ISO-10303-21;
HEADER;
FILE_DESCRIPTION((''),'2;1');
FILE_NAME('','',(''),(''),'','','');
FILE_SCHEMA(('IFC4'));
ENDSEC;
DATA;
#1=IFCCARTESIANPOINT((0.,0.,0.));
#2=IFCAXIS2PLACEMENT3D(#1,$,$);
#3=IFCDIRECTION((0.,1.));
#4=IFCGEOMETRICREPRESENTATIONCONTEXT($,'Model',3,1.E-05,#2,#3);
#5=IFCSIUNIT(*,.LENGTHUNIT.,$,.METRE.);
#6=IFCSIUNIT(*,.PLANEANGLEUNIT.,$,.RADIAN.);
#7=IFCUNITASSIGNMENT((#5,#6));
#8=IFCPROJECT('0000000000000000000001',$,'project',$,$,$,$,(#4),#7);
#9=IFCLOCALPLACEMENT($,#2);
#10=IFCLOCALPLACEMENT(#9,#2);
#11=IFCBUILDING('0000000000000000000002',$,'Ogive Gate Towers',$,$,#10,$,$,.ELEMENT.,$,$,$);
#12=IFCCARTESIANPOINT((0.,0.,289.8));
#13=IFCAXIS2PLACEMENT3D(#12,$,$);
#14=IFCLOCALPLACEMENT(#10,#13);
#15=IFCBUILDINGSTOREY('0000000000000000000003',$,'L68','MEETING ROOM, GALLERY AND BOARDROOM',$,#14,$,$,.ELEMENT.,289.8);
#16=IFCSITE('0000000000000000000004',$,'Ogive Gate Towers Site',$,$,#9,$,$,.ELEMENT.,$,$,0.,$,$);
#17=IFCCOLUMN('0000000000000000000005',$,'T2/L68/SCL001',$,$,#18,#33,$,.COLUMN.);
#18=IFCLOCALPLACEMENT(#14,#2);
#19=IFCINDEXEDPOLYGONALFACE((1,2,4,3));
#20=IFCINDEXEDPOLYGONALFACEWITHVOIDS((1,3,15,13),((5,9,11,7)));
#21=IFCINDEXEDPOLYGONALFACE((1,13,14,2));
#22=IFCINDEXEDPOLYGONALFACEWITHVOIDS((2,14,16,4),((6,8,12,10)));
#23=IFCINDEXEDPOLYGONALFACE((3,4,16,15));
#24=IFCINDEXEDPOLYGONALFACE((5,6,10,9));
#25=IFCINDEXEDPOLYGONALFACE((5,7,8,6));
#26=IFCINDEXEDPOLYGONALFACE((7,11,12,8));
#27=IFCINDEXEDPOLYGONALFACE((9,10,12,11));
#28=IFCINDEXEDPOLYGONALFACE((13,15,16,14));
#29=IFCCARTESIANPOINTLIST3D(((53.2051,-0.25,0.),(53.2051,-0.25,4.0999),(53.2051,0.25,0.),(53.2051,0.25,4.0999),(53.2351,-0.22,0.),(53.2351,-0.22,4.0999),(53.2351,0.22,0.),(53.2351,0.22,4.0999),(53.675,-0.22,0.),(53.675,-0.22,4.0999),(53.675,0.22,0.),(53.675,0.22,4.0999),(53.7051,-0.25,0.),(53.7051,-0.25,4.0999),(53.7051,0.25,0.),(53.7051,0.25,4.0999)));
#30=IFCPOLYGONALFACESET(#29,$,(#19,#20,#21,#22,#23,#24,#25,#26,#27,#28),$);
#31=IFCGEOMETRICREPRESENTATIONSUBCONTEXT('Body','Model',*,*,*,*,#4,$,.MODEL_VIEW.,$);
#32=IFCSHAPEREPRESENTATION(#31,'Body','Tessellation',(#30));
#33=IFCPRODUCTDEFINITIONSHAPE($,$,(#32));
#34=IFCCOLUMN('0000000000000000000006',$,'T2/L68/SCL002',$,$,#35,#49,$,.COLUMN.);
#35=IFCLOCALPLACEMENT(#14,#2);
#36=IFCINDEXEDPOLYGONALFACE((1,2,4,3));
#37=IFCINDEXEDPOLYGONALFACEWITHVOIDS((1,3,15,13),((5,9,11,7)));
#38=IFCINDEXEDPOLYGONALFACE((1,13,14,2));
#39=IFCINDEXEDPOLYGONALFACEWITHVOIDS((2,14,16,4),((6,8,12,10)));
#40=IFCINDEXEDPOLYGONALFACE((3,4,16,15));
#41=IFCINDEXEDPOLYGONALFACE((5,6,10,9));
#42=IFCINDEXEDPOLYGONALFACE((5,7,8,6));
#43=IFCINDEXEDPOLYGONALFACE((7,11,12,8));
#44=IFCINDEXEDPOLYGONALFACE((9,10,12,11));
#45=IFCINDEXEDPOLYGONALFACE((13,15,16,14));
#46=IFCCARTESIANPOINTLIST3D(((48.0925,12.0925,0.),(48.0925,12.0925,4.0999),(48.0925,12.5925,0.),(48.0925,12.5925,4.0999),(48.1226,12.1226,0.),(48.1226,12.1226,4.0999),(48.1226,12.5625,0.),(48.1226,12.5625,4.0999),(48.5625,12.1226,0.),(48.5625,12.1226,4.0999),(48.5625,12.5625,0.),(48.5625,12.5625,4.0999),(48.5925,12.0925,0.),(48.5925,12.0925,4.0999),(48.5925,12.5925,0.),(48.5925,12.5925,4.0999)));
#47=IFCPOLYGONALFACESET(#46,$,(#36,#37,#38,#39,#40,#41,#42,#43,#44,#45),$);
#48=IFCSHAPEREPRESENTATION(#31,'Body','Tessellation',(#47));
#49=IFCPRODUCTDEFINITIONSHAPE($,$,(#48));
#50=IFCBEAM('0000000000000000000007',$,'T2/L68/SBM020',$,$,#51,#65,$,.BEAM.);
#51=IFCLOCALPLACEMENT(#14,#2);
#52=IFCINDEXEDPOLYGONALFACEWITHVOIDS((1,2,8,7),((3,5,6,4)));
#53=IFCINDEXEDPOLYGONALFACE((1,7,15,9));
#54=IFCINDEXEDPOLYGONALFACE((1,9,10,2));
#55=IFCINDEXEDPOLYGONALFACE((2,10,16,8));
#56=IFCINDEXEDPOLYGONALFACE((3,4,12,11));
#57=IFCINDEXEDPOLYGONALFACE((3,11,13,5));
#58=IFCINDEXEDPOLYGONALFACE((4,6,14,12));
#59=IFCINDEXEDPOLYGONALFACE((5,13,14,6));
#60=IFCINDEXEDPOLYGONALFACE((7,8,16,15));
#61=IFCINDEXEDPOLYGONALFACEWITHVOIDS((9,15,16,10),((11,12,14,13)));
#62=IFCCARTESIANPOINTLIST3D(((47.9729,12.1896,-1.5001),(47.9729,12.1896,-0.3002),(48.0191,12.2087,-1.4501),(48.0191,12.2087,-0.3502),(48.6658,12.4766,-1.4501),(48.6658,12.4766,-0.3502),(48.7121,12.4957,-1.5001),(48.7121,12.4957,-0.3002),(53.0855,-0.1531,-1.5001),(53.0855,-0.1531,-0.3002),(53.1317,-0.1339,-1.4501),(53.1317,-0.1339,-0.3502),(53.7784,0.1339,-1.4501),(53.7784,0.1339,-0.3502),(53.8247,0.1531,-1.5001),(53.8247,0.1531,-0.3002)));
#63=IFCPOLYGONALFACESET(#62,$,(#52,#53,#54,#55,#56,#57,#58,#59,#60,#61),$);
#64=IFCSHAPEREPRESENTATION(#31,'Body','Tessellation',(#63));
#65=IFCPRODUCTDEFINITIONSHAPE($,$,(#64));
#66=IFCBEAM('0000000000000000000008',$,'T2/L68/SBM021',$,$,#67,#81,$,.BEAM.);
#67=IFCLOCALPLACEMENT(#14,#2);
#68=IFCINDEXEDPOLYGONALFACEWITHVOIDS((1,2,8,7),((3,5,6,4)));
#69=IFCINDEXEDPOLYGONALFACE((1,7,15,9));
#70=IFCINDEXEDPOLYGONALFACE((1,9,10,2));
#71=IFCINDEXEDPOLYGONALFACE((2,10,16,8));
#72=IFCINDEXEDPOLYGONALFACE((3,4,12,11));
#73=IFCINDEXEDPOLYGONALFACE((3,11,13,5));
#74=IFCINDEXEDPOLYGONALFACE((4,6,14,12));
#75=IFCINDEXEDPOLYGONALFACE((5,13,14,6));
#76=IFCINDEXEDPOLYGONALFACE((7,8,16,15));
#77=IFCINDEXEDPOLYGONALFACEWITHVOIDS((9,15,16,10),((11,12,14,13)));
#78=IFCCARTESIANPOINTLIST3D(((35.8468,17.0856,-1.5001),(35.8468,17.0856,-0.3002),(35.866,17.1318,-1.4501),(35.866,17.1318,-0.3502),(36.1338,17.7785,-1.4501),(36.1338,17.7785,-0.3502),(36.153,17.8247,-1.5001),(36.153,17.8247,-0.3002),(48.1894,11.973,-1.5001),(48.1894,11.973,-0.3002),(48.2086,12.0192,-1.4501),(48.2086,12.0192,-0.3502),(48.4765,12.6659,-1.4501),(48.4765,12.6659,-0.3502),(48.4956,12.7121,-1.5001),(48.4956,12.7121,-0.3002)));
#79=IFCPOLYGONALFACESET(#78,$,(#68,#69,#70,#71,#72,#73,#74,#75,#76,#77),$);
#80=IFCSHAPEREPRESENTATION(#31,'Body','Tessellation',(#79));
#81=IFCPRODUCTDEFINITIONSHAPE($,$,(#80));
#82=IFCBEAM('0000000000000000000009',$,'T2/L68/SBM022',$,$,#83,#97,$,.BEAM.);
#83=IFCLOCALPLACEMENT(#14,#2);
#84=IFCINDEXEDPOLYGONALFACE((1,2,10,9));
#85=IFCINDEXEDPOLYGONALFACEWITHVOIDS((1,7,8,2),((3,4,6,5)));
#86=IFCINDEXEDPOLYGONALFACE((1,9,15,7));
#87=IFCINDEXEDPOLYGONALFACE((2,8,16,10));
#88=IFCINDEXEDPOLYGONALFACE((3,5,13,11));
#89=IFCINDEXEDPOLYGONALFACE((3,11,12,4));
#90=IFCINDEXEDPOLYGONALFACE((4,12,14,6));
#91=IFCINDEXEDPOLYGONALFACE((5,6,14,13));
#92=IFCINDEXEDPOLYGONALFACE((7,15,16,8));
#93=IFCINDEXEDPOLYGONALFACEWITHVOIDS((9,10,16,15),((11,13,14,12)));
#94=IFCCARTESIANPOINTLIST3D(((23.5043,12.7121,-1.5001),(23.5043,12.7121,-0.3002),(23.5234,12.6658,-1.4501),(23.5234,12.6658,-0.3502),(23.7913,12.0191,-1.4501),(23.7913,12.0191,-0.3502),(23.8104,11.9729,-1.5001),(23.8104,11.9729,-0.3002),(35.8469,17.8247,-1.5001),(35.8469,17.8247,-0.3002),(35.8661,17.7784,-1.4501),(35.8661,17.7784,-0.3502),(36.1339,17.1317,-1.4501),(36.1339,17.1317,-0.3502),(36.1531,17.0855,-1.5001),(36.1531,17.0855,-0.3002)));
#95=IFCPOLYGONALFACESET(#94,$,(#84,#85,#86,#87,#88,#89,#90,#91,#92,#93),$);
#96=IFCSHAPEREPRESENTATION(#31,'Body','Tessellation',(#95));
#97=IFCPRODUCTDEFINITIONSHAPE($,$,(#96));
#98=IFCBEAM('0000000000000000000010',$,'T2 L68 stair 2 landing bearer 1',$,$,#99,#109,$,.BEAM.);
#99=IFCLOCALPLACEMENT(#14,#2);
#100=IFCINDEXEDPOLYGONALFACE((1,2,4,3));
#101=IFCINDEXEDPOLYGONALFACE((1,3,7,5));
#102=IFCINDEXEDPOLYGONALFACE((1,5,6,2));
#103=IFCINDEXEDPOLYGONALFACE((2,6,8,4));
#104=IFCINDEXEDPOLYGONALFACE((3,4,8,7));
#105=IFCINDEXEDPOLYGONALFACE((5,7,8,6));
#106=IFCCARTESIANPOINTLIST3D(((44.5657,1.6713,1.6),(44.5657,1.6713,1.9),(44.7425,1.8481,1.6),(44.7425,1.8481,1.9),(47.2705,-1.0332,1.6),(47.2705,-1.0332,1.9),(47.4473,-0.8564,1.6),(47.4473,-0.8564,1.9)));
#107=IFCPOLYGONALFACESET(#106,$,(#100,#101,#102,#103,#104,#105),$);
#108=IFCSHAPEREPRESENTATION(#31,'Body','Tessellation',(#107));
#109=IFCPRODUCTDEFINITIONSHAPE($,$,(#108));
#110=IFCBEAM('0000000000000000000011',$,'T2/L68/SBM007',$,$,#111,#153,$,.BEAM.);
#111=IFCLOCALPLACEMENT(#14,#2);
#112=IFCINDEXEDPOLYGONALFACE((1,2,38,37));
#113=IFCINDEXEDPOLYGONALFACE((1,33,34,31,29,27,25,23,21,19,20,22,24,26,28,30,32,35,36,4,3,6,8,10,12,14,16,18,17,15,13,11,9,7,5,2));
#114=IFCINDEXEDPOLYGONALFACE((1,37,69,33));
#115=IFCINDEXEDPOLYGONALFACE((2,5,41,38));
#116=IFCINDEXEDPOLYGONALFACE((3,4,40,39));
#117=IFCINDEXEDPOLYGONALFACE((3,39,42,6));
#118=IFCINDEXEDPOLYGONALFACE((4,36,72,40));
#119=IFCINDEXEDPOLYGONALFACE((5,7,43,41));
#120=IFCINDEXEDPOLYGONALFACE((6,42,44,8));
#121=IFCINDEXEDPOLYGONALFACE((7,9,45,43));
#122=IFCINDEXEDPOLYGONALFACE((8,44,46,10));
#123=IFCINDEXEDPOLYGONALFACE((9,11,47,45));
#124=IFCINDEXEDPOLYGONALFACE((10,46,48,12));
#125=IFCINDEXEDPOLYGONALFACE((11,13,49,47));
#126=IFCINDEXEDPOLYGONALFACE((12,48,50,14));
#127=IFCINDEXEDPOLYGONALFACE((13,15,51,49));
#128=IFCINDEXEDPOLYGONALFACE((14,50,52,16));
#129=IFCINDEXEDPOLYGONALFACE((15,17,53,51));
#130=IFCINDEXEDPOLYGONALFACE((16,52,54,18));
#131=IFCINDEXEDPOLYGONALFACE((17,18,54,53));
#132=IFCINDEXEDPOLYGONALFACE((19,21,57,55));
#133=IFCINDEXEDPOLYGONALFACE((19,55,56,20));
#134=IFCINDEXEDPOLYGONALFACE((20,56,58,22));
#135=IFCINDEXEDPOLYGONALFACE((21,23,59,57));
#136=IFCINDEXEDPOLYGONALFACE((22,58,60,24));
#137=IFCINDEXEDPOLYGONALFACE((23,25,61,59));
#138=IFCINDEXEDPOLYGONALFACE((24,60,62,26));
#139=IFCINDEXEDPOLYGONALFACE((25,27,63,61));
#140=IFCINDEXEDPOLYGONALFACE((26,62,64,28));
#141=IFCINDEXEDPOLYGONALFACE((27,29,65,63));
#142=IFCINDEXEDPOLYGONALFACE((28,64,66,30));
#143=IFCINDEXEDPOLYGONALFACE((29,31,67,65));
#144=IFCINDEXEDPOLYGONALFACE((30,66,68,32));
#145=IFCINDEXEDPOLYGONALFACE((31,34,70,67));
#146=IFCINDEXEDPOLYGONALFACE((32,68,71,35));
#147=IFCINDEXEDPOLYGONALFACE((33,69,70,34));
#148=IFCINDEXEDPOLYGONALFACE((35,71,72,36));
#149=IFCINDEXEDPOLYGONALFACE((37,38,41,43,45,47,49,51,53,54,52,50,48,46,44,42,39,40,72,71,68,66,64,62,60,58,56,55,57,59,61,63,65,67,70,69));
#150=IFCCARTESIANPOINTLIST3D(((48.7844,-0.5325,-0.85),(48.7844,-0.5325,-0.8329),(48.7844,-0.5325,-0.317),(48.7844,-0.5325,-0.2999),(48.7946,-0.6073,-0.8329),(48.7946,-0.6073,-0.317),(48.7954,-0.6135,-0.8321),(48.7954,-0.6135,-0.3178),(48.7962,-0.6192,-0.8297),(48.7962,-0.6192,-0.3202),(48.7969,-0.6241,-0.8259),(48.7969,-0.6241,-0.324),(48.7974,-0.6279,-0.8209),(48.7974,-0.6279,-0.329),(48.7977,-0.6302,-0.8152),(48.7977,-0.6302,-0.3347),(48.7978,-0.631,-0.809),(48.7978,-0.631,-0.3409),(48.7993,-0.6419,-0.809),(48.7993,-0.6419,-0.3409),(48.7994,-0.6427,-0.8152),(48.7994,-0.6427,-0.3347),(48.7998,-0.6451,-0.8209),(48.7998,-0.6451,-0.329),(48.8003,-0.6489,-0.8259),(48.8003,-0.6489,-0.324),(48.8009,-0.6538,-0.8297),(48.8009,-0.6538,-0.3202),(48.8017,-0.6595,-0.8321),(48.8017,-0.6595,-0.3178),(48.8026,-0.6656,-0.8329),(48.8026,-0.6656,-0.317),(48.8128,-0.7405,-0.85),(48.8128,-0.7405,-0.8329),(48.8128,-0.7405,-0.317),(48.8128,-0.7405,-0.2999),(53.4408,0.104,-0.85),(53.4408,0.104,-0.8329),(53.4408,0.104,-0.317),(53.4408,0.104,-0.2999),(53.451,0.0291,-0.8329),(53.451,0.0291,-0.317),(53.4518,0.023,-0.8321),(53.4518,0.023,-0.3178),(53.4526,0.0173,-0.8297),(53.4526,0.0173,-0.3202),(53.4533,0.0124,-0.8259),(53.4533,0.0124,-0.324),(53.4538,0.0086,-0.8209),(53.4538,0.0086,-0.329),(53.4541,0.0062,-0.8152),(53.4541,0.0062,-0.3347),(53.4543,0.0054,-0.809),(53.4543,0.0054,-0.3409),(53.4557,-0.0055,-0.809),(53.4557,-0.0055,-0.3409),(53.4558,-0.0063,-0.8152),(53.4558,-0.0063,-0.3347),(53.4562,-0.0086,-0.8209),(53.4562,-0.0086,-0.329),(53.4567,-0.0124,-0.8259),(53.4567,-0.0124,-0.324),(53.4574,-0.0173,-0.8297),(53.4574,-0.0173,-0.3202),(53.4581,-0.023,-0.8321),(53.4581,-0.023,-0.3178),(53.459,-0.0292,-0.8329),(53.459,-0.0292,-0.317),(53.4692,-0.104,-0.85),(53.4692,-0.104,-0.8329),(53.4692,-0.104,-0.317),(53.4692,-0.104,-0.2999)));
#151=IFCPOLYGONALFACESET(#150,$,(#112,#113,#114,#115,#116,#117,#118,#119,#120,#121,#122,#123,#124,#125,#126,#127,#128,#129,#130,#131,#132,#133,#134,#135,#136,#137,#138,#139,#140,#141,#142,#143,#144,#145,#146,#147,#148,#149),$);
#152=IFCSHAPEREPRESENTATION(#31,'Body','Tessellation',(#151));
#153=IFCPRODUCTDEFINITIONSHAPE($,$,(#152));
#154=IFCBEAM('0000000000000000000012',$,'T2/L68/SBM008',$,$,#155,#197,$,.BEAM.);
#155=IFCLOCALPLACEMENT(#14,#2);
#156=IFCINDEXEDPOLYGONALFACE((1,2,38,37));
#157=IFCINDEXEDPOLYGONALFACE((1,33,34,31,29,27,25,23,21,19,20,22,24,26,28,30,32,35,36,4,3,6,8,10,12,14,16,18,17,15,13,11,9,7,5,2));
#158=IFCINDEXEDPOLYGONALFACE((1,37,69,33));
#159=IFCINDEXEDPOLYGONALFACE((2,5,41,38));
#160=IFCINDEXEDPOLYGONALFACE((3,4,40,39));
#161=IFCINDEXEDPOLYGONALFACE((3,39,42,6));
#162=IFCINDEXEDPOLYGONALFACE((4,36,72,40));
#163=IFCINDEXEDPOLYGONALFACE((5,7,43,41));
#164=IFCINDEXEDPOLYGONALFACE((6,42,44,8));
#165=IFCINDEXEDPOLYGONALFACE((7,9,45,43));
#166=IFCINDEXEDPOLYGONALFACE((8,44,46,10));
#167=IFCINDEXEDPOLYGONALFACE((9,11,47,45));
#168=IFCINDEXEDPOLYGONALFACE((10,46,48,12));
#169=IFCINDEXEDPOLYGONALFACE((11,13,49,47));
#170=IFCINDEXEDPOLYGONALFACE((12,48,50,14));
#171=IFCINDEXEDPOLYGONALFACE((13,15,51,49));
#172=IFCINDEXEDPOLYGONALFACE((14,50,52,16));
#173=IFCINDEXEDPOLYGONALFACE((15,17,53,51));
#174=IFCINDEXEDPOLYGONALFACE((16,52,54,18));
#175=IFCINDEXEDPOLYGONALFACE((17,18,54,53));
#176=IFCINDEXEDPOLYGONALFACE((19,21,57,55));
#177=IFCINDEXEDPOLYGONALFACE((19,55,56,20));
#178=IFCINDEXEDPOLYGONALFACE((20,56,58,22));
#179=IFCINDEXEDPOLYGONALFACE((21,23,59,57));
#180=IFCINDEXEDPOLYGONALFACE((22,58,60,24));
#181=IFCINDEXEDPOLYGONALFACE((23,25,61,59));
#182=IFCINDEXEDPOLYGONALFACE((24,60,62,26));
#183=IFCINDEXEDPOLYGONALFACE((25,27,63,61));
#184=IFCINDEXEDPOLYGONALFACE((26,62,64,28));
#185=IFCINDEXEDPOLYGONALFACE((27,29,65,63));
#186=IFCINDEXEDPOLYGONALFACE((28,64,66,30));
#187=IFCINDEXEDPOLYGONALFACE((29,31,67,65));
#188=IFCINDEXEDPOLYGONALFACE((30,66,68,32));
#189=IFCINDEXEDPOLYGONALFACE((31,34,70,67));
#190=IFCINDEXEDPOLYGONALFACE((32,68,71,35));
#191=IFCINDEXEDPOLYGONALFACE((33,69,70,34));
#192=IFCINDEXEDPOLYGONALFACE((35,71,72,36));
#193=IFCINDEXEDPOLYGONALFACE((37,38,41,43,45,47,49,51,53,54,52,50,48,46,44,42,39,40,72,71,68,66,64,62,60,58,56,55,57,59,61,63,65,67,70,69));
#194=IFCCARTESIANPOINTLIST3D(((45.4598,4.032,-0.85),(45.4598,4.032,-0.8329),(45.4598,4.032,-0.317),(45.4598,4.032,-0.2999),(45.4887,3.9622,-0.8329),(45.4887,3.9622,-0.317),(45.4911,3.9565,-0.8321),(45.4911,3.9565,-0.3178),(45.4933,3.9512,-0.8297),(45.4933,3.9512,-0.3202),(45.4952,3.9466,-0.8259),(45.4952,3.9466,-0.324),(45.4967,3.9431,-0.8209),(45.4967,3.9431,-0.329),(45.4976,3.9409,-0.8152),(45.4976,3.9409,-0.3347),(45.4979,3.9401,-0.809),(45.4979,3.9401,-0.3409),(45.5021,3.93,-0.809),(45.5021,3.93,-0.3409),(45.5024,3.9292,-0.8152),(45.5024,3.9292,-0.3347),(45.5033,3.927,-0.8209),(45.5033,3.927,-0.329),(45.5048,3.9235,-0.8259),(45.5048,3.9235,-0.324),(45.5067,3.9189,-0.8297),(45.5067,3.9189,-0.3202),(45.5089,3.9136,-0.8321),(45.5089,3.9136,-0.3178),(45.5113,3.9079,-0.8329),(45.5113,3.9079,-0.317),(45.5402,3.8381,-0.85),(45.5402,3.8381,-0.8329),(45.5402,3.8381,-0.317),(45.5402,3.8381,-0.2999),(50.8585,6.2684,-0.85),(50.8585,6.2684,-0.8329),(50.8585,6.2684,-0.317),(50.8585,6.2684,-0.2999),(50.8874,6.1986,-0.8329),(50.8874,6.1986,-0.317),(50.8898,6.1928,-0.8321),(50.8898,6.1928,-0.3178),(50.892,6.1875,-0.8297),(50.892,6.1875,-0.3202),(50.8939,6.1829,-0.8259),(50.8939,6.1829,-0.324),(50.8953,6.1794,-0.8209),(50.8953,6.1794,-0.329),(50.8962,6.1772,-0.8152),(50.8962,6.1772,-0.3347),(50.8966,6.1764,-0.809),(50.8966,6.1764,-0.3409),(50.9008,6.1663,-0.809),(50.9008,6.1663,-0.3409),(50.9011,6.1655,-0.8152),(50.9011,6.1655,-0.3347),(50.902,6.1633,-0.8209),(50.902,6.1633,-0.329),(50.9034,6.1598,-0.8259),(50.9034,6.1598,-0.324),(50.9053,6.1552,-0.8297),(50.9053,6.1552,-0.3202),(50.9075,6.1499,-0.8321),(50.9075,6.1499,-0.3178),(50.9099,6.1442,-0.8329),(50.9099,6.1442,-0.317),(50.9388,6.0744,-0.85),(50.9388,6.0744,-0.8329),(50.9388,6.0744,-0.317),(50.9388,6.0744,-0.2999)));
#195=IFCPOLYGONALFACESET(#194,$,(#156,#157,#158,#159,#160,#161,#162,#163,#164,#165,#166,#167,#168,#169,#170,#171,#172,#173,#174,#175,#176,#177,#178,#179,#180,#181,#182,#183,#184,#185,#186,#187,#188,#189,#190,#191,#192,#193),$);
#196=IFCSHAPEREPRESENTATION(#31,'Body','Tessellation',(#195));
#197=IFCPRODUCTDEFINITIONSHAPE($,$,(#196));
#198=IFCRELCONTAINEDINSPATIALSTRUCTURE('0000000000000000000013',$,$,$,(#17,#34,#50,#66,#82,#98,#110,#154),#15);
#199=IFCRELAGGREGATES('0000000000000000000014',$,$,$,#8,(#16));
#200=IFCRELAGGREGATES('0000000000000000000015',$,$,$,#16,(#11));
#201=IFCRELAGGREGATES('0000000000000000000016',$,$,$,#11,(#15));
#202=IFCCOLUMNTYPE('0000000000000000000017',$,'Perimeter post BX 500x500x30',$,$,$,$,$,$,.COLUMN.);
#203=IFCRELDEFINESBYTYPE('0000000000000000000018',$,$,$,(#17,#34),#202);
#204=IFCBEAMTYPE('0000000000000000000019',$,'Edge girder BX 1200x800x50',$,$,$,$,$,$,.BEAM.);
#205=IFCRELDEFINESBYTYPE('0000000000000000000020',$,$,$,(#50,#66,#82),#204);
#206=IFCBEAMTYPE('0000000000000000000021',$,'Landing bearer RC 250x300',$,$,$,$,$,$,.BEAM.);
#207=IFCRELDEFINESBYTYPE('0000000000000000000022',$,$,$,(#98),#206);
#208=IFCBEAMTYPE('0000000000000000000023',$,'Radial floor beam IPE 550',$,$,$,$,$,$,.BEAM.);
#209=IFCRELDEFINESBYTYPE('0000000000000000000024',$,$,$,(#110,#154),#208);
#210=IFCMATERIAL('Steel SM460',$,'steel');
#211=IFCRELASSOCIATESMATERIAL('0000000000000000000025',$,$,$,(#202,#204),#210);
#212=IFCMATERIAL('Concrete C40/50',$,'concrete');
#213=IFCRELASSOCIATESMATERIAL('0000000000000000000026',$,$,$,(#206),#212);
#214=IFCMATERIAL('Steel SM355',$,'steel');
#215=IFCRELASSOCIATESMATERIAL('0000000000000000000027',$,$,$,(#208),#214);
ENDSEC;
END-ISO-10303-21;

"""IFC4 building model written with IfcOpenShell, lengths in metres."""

from ifc_helpers import new_model, si_unit, direction, frame, origin, origin_2d, place, context, subcontext, project, spatial, rectangle, hollow_rectangle, i_section, extrude, material, material_profile, profile_set, type_object, element, save


model = new_model("IFC4")

# Units and contexts
model_context = context("Model", 3, precision=1e-05, world=origin(), true_north=direction((0.0, 1.0)))
body_context = subcontext(model_context, "Body", "Model", "MODEL_VIEW")
ifc_project = project(units=[si_unit("LENGTHUNIT", "METRE"), si_unit("PLANEANGLEUNIT", "RADIAN")], contexts=[model_context])

# Site, building, storey
site_placement = place(None, origin())
site = spatial("IfcSite", under=ifc_project, at=site_placement, Name="Ogive Gate Towers Site", CompositionType="ELEMENT", RefElevation=0.0)
building_placement = place(site_placement, origin())
building = spatial("IfcBuilding", under=site, at=building_placement, Name="Ogive Gate Towers", CompositionType="ELEMENT")
storey_placement = place(building_placement, frame((0.0, 0.0, 289.8)))
storey = spatial("IfcBuildingStorey", under=building, at=storey_placement, Name="L68", Description="MEETING ROOM, GALLERY AND BOARDROOM", CompositionType="ELEMENT", Elevation=289.8)

# Columns
ifc_material_1 = material(Name="Steel SM460", Category="steel")
ifc_material_profile_1 = material_profile(ifc_material_1, hollow_rectangle(XDim=0.5, YDim=0.5, WallThickness=0.03, at=origin_2d()), Name="BX 500x500x30")
ifc_profile_set_1 = profile_set([ifc_material_profile_1], Name="Steel SM460")
column_type = type_object("IfcColumnType", Name="Perimeter post BX 500x500x30", PredefinedType="COLUMN", material=ifc_profile_set_1)
for number, where, z_axis, x_axis, name in (
    (1, (53.4551, 0.0, 0.0), (0.0, 0.0, 1.0), (1.0, 0.0, 0.0), "T2/L68/SCL001"),
    (2, (48.3425, 12.3425, 0.0), (0.0, 0.0, 1.0), (1.0, 0.0, 0.0), "T2/L68/SCL002"),
):
    element("IfcColumn", number, at=place(storey_placement, frame(where, z_axis=z_axis, x_axis=x_axis)), inside=storey, type_object=column_type, Name=name, PredefinedType="COLUMN", context=body_context, shape_type="SweptSolid", body=[
        extrude(hollow_rectangle(XDim=0.5, YDim=0.5, WallThickness=0.03, at=origin_2d()), origin(), (0.0, 0.0, 1.0), 4.0999),
    ])

# Beams
ifc_material_profile_2 = material_profile(ifc_material_1, hollow_rectangle(XDim=0.8, YDim=1.2, WallThickness=0.05, at=origin_2d()), Name="BX 1200x800x50")
ifc_profile_set_2 = profile_set([ifc_material_profile_2], Name="Steel SM460")
beam_type_1 = type_object("IfcBeamType", Name="Edge girder BX 1200x800x50", PredefinedType="BEAM", material=ifc_profile_set_2)
for number, where, z_axis, x_axis, name in (
    (3, (53.4551, 0.0, -0.9001), (-0.38269, 0.923877, 0.0), (-0.923877, -0.38269, 0.0), "T2/L68/SBM020"),
    (4, (48.3425, 12.3425, -0.9001), (-0.923877, 0.38269, 0.0), (-0.38269, -0.923877, 0.0), "T2/L68/SBM021"),
    (5, (36.0, 17.4551, -0.9001), (-0.923877, -0.38269, 0.0), (0.38269, -0.923877, 0.0), "T2/L68/SBM022"),
):
    element("IfcBeam", number, at=place(storey_placement, frame(where, z_axis=z_axis, x_axis=x_axis)), inside=storey, type_object=beam_type_1, Name=name, PredefinedType="BEAM", context=body_context, shape_type="SweptSolid", body=[
        extrude(hollow_rectangle(XDim=0.8, YDim=1.2, WallThickness=0.05, at=origin_2d()), origin(), (0.0, 0.0, 1.0), 13.3596),
    ])
ifc_material_2 = material(Name="Concrete C40/50", Category="concrete")
ifc_material_profile_3 = material_profile(ifc_material_2, rectangle(XDim=0.25, YDim=0.3, at=origin_2d()), Name="RC 250x300")
ifc_profile_set_3 = profile_set([ifc_material_profile_3], Name="Concrete C40/50")
beam_type_2 = type_object("IfcBeamType", Name="Landing bearer RC 250x300", PredefinedType="BEAM", material=ifc_profile_set_3)
beam_1_placement = place(storey_placement, frame((47.3589, -0.9448, 1.75), z_axis=(-0.707139, 0.707075, 0.0), x_axis=(-0.707075, -0.707139, 0.0)))
element("IfcBeam", 6, at=beam_1_placement, inside=storey, type_object=beam_type_2, Name="T2 L68 stair 2 landing bearer 1", PredefinedType="BEAM", context=body_context, shape_type="SweptSolid", body=[
    extrude(rectangle(XDim=0.25, YDim=0.3, at=origin_2d()), origin(), (0.0, 0.0, 1.0), 3.825),
])
ifc_material_3 = material(Name="Steel SM355", Category="steel")
ifc_material_profile_4 = material_profile(ifc_material_3, i_section(OverallWidth=0.21, OverallDepth=0.55, WebThickness=0.011, FlangeThickness=0.0171, FilletRadius=0.0239, at=origin_2d()), Name="IPE 550")
ifc_profile_set_4 = profile_set([ifc_material_profile_4], Name="Steel SM355")
beam_type_3 = type_object("IfcBeamType", Name="Radial floor beam IPE 550", PredefinedType="BEAM", material=ifc_profile_set_4)
beam_2_placement = place(storey_placement, frame((48.7986, -0.6365, -0.575), z_axis=(0.990787, 0.135426, 0.0), x_axis=(-0.135426, 0.990787, 0.0)))
element("IfcBeam", 7, at=beam_2_placement, inside=storey, type_object=beam_type_3, Name="T2/L68/SBM007", PredefinedType="BEAM", context=body_context, shape_type="SweptSolid", body=[
    extrude(i_section(OverallWidth=0.21, OverallDepth=0.55, WebThickness=0.011, FlangeThickness=0.0171, FilletRadius=0.0239, at=origin_2d()), origin(), (0.0, 0.0, 1.0), 4.6997),
])
beam_3_placement = place(storey_placement, frame((45.5, 3.9351, -0.575), z_axis=(0.923872, 0.382701, 0.0), x_axis=(-0.382701, 0.923872, 0.0)))
element("IfcBeam", 8, at=beam_3_placement, inside=storey, type_object=beam_type_3, Name="T2/L68/SBM008", PredefinedType="BEAM", context=body_context, shape_type="SweptSolid", body=[
    extrude(i_section(OverallWidth=0.21, OverallDepth=0.55, WebThickness=0.011, FlangeThickness=0.0171, FilletRadius=0.0239, at=origin_2d()), origin(), (0.0, 0.0, 1.0), 5.8435),
])

save(model, "model.ifc")
